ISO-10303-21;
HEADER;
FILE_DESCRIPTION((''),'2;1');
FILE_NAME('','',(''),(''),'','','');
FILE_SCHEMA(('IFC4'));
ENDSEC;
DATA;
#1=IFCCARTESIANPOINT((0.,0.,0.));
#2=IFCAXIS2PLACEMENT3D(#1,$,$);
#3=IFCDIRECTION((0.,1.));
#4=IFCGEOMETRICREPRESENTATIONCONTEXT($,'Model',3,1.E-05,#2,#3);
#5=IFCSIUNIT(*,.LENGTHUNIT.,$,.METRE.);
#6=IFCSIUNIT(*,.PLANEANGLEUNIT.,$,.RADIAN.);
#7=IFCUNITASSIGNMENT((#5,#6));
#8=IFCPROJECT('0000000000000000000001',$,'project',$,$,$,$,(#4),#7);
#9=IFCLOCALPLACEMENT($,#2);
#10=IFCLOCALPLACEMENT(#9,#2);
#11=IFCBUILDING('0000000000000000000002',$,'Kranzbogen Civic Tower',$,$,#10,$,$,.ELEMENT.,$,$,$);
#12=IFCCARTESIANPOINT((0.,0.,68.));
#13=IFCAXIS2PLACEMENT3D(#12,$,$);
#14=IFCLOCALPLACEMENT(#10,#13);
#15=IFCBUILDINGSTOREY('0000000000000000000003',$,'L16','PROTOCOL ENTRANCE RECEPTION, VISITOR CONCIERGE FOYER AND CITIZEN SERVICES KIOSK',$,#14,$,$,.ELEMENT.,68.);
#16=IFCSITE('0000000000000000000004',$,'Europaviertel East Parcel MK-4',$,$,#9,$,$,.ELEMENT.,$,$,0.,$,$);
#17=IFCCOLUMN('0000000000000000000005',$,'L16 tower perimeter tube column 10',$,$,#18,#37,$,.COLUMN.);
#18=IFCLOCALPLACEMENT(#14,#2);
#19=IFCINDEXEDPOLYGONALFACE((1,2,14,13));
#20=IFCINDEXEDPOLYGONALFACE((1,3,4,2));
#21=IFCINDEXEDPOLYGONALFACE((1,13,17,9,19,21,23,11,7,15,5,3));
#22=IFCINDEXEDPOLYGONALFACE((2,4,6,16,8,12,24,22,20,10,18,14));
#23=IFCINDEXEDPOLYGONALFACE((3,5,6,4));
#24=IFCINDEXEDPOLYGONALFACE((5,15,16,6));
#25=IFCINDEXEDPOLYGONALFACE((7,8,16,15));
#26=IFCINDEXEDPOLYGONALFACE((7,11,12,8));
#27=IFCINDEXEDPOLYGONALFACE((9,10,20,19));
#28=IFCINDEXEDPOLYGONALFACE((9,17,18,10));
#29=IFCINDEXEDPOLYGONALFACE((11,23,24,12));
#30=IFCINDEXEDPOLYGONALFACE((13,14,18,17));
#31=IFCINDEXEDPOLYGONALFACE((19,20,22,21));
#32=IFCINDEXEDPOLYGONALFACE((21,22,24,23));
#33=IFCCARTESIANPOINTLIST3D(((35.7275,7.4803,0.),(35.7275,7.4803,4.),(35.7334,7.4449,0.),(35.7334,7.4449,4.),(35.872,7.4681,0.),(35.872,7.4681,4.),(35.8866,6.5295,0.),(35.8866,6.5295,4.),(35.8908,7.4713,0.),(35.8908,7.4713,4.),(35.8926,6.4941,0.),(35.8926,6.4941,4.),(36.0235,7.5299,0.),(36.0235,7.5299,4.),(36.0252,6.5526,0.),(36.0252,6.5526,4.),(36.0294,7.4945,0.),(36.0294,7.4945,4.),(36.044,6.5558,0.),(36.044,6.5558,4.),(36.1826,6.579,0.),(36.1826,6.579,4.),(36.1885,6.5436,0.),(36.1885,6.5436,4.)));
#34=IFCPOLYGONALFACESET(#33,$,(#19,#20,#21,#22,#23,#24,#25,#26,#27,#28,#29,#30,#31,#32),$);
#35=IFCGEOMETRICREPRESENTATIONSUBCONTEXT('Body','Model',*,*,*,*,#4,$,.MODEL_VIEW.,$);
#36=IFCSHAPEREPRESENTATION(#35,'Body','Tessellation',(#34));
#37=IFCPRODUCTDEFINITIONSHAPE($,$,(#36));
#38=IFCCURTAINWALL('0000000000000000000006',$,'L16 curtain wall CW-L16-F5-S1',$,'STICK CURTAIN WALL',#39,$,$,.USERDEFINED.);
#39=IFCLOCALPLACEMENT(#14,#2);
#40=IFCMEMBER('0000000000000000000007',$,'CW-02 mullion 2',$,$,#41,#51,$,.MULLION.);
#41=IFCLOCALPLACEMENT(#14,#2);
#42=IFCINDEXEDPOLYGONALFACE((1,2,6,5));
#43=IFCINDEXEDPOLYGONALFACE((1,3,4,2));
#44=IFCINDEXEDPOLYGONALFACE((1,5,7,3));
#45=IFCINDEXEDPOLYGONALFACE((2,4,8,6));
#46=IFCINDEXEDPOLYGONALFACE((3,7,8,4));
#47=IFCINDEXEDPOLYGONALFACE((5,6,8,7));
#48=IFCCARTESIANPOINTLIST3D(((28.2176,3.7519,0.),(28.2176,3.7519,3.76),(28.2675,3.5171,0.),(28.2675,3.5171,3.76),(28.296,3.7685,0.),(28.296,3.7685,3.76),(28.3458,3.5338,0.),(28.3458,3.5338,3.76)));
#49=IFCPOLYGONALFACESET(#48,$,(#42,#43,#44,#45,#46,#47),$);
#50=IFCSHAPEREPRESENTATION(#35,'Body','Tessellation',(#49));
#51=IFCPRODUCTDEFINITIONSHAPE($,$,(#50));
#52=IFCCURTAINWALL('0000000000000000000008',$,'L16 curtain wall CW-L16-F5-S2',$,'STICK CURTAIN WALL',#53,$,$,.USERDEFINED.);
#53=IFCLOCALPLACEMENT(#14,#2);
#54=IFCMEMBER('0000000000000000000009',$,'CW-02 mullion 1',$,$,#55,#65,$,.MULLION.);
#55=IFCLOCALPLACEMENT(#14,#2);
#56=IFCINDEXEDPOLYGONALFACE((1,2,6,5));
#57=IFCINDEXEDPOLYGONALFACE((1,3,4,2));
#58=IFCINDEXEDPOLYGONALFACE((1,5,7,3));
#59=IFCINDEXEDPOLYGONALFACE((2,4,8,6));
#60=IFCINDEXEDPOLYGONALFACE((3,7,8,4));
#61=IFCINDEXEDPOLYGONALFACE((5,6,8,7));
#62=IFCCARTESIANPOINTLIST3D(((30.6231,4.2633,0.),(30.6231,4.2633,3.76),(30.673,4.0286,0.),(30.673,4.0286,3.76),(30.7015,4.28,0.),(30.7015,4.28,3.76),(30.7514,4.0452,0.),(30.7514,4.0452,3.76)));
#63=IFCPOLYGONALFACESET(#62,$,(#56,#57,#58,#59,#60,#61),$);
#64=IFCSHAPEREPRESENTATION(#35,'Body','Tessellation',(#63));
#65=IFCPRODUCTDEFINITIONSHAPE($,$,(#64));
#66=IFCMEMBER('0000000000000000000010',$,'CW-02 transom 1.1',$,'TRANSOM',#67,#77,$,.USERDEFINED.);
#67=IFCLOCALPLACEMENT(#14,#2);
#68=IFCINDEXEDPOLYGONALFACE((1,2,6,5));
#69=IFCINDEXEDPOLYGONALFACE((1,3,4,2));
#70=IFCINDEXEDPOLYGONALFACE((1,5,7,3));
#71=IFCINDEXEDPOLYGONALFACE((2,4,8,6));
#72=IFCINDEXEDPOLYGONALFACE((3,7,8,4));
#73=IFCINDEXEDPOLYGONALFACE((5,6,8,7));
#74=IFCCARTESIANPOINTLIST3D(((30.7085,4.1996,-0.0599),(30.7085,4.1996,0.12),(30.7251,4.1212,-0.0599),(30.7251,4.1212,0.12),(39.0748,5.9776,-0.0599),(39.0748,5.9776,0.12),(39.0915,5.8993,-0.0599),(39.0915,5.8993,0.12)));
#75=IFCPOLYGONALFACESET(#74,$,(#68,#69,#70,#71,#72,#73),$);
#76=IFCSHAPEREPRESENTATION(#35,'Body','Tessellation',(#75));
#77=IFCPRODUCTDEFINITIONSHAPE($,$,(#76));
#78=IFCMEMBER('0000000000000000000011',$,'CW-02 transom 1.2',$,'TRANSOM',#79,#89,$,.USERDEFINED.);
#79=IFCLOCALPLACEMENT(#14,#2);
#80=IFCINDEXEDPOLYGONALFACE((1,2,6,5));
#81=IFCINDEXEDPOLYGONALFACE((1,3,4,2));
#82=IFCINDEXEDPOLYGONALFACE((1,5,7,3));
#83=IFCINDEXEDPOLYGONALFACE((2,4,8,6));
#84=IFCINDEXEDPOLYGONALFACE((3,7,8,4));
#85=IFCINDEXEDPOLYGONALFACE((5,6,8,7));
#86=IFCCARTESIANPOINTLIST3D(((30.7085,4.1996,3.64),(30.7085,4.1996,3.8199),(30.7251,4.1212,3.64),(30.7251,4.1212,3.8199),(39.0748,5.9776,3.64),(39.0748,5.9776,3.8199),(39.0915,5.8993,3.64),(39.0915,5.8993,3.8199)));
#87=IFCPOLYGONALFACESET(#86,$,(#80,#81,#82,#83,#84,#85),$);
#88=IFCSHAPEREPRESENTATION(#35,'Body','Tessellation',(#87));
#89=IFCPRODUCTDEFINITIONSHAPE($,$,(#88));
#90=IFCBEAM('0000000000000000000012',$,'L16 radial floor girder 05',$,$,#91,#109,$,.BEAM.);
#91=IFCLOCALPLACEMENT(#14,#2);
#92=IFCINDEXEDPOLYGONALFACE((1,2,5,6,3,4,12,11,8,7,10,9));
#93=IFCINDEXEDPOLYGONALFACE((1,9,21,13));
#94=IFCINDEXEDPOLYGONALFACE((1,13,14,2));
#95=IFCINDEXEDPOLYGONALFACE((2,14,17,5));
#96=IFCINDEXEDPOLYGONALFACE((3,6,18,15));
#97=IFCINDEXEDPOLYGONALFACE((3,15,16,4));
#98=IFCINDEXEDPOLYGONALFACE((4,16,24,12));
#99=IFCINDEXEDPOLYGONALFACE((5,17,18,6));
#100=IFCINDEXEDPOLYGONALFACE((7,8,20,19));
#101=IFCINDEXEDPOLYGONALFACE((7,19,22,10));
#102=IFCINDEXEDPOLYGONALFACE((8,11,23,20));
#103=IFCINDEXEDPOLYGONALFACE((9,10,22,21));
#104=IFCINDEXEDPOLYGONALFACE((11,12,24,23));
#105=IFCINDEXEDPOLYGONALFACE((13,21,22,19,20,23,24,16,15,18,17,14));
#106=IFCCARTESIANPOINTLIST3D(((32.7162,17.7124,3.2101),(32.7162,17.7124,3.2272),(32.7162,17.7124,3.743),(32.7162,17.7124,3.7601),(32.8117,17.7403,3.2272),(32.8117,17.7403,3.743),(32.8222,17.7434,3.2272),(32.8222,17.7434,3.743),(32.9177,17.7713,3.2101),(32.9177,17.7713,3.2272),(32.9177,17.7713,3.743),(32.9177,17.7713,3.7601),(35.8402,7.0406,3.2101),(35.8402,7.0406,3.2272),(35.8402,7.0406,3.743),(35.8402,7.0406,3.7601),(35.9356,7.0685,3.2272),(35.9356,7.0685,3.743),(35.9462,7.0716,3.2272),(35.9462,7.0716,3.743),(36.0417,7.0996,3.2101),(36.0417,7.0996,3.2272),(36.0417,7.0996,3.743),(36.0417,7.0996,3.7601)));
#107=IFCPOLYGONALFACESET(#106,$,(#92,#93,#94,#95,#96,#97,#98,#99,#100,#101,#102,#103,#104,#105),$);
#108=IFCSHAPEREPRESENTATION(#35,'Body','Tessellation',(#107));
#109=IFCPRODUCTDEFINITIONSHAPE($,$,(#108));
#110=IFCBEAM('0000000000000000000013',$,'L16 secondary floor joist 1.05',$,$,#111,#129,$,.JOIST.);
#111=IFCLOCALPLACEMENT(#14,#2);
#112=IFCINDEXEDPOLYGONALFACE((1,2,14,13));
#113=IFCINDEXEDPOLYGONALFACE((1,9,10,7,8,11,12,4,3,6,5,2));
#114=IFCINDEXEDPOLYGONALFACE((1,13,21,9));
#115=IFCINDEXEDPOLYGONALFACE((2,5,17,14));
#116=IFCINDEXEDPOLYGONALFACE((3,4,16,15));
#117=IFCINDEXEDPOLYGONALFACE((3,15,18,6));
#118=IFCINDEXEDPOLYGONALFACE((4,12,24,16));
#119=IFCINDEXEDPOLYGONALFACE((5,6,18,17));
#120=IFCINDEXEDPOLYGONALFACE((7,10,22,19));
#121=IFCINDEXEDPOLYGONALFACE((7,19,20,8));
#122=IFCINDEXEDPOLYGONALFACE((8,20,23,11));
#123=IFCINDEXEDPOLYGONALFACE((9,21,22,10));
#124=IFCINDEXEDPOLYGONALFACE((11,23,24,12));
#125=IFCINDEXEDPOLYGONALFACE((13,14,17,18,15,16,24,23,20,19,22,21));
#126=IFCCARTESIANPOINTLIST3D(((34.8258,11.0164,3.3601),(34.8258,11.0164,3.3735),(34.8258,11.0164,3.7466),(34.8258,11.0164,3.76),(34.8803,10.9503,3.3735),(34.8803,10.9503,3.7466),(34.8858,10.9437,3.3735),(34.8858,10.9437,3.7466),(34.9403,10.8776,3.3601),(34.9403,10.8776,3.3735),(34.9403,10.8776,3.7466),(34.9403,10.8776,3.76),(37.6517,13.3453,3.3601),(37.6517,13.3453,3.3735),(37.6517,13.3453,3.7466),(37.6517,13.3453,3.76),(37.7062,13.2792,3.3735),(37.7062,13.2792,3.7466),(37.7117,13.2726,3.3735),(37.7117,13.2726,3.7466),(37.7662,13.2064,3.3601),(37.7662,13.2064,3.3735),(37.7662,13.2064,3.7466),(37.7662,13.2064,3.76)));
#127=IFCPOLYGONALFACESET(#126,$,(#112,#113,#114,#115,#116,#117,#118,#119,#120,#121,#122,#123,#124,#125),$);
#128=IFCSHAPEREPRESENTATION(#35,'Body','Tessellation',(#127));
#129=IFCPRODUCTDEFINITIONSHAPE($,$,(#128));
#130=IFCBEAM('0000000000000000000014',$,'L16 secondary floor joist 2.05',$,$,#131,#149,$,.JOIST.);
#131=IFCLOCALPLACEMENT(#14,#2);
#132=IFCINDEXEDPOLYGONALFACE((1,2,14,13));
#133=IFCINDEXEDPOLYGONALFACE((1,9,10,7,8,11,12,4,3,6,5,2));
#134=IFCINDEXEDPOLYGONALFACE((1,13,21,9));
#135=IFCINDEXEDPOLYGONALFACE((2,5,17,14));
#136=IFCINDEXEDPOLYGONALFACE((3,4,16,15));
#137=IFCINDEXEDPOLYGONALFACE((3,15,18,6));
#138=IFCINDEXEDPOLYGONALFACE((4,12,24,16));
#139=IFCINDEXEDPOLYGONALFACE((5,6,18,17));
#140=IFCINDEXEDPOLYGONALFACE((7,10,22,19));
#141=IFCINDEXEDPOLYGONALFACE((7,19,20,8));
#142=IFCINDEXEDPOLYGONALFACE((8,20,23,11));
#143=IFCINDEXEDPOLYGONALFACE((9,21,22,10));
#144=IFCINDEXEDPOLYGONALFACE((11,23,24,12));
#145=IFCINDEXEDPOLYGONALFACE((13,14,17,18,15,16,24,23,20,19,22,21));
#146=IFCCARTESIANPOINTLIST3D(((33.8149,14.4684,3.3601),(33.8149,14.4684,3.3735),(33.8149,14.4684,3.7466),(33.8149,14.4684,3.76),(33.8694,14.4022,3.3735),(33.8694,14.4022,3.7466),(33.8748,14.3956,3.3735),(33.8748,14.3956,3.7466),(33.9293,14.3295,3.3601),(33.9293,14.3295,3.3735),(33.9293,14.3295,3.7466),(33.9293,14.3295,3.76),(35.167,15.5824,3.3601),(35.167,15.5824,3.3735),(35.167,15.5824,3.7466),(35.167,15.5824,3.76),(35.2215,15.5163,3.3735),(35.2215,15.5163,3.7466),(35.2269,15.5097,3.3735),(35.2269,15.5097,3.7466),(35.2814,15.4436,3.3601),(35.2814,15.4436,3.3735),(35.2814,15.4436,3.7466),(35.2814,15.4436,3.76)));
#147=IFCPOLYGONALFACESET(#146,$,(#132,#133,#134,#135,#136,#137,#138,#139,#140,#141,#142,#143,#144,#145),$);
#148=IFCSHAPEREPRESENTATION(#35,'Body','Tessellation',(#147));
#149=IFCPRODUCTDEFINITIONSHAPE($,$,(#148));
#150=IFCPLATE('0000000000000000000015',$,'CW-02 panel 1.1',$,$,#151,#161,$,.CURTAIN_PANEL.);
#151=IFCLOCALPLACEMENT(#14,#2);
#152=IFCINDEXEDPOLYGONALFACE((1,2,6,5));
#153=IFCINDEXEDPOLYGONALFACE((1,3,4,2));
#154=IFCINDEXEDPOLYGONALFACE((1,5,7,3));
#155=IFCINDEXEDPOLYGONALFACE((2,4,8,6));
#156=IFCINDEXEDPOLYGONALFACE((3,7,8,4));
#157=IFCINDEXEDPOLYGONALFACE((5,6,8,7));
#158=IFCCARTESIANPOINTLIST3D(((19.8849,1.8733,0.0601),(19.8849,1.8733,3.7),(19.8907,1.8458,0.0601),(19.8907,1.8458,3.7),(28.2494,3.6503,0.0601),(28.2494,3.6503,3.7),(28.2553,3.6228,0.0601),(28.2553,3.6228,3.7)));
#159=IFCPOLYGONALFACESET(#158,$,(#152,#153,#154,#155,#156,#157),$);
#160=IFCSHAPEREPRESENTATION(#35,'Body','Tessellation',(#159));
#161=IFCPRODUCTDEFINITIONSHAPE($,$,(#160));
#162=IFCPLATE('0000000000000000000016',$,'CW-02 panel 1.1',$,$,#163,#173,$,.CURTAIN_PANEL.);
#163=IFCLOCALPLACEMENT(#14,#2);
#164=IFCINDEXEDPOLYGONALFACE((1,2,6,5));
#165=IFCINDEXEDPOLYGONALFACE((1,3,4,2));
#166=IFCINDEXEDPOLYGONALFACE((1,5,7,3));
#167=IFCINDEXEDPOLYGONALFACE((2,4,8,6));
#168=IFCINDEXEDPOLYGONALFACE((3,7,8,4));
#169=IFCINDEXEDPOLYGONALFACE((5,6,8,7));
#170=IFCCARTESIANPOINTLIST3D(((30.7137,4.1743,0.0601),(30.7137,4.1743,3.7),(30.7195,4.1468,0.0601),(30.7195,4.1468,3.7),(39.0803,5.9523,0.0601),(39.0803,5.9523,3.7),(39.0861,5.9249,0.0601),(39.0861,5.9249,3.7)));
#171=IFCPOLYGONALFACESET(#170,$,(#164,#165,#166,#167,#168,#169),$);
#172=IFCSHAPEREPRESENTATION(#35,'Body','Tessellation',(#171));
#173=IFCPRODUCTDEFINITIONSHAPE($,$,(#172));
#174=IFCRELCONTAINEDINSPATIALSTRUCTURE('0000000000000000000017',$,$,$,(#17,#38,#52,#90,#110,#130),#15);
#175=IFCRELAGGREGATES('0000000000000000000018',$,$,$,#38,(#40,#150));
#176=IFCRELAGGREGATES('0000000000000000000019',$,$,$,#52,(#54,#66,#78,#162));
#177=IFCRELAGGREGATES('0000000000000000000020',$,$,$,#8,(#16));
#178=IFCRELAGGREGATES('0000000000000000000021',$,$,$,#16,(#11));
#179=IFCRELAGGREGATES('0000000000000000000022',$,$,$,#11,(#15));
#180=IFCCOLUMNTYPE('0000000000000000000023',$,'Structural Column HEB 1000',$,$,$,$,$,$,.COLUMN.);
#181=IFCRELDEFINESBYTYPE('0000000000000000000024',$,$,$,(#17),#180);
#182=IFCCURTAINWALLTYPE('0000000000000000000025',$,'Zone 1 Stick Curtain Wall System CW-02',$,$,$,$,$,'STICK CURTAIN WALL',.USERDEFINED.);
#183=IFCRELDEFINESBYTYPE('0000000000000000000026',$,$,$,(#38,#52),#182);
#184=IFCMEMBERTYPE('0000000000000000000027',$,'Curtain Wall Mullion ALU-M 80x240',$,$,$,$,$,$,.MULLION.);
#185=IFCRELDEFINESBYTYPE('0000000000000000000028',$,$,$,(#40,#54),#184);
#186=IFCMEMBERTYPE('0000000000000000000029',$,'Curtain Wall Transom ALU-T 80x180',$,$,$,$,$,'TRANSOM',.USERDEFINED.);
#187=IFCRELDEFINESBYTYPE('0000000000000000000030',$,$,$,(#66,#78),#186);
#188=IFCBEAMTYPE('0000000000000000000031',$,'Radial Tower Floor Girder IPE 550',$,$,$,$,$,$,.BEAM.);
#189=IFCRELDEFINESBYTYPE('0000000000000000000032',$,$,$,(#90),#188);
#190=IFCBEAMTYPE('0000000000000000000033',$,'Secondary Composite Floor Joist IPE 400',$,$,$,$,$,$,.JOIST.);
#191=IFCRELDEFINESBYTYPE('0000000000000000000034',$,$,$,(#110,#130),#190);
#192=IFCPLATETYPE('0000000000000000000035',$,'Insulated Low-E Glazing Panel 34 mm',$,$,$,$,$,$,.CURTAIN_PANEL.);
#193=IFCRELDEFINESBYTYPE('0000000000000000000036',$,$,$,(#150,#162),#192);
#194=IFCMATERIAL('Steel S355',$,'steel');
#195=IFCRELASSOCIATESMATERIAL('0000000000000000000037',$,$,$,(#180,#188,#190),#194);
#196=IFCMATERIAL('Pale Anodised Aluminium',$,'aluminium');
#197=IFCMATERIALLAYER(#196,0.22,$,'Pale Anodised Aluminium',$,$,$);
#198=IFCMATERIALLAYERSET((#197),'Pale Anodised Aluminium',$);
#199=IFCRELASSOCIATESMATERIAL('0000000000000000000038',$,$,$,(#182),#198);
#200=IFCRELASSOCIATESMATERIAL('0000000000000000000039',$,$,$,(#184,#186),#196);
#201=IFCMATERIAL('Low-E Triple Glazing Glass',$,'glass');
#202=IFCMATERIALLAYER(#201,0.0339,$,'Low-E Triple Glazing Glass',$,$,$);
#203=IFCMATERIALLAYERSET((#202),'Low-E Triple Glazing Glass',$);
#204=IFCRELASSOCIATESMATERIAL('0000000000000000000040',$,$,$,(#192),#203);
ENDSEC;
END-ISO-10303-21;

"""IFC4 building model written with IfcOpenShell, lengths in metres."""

from ifc_helpers import new_model, si_unit, direction, frame, origin, origin_2d, place, context, subcontext, project, spatial, rectangle, i_section, extrude, material, layer, layer_set, material_profile, profile_set, type_object, element, aggregate, save


model = new_model("IFC4")

# Units and contexts
model_context = context("Model", 3, precision=1e-05, world=origin(), true_north=direction((0.0, 1.0)))
body_context = subcontext(model_context, "Body", "Model", "MODEL_VIEW")
ifc_project = project(units=[si_unit("LENGTHUNIT", "METRE"), si_unit("PLANEANGLEUNIT", "RADIAN")], contexts=[model_context])

# Site, building, storey
site_placement = place(None, origin())
site = spatial("IfcSite", under=ifc_project, at=site_placement, Name="Europaviertel East Parcel MK-4", CompositionType="ELEMENT", RefElevation=0.0)
building_placement = place(site_placement, origin())
building = spatial("IfcBuilding", under=site, at=building_placement, Name="Kranzbogen Civic Tower", CompositionType="ELEMENT")
storey_placement = place(building_placement, frame((0.0, 0.0, 68.0)))
storey = spatial("IfcBuildingStorey", under=building, at=storey_placement, Name="L16", Description="PROTOCOL ENTRANCE RECEPTION, VISITOR CONCIERGE FOYER AND CITIZEN SERVICES KIOSK", CompositionType="ELEMENT", Elevation=68.0)

# Column
ifc_material_1 = material(Name="Steel S355", Category="steel")
ifc_material_profile_1 = material_profile(ifc_material_1, i_section(OverallWidth=0.3, OverallDepth=1.0, WebThickness=0.019, FlangeThickness=0.0359, at=origin_2d()), Name="HEB 1000")
ifc_profile_set_1 = profile_set([ifc_material_profile_1], Name="Steel S355")
column_type = type_object("IfcColumnType", Name="Structural Column HEB 1000", PredefinedType="COLUMN", material=ifc_profile_set_1)
column_placement = place(storey_placement, frame((35.958, 7.012, 0.0), z_axis=(0.0, 0.0, 1.0), x_axis=(0.986286, 0.165048, 0.0)))
element("IfcColumn", 1, at=column_placement, inside=storey, type_object=column_type, Name="L16 tower perimeter tube column 10", PredefinedType="COLUMN", context=body_context, shape_type="SweptSolid", body=[
    extrude(i_section(OverallWidth=0.3, OverallDepth=1.0, WebThickness=0.019, FlangeThickness=0.0359, at=origin_2d()), origin(), (0.0, 0.0, 1.0), 4.0),
])

# Curtain wall, member
ifc_material_2 = material(Name="Pale Anodised Aluminium", Category="aluminium")
ifc_layer_1 = layer(ifc_material_2, 0.22, Name="Pale Anodised Aluminium")
ifc_layer_set_1 = layer_set([ifc_layer_1], Name="Pale Anodised Aluminium")
curtain_wall_type = type_object("IfcCurtainWallType", Name="Zone 1 Stick Curtain Wall System CW-02", ElementType="STICK CURTAIN WALL", PredefinedType="USERDEFINED", material=ifc_layer_set_1)
curtain_wall_1_placement = place(storey_placement, origin())
curtain_wall_1 = element("IfcCurtainWall", 2, at=curtain_wall_1_placement, inside=storey, type_object=curtain_wall_type, Name="L16 curtain wall CW-L16-F5-S1", ObjectType="STICK CURTAIN WALL", PredefinedType="USERDEFINED")
ifc_material_profile_2 = material_profile(ifc_material_2, rectangle(XDim=0.0801, YDim=0.24, at=origin_2d()), Name="ALU-M 80x240")
ifc_profile_set_2 = profile_set([ifc_material_profile_2], Name="Pale Anodised Aluminium")
member_type_1 = type_object("IfcMemberType", Name="Curtain Wall Mullion ALU-M 80x240", PredefinedType="MULLION", material=ifc_profile_set_2)
member_1_placement = place(storey_placement, frame((28.2817, 3.6428, 0.0), z_axis=(0.0, 0.0, 1.0), x_axis=(0.978169, 0.207812, 0.0)))
member_1 = element("IfcMember", 3, at=member_1_placement, type_object=member_type_1, Name="CW-02 mullion 2", PredefinedType="MULLION", context=body_context, shape_type="SweptSolid", body=[
    extrude(rectangle(XDim=0.0801, YDim=0.24, at=origin_2d()), origin(), (0.0, 0.0, 1.0), 3.76),
])

# Curtain wall, members
curtain_wall_2_placement = place(storey_placement, origin())
curtain_wall_2 = element("IfcCurtainWall", 4, at=curtain_wall_2_placement, inside=storey, type_object=curtain_wall_type, Name="L16 curtain wall CW-L16-F5-S2", ObjectType="STICK CURTAIN WALL", PredefinedType="USERDEFINED")
member_2_placement = place(storey_placement, frame((30.6873, 4.1543, 0.0), z_axis=(0.0, 0.0, 1.0), x_axis=(0.978155, 0.207875, 0.0)))
member_2 = element("IfcMember", 5, at=member_2_placement, type_object=member_type_1, Name="CW-02 mullion 1", PredefinedType="MULLION", context=body_context, shape_type="SweptSolid", body=[
    extrude(rectangle(XDim=0.0801, YDim=0.24, at=origin_2d()), origin(), (0.0, 0.0, 1.0), 3.76),
])
ifc_material_profile_3 = material_profile(ifc_material_2, rectangle(XDim=0.0801, YDim=0.1799, at=origin_2d()), Name="ALU-T 80x180")
ifc_profile_set_3 = profile_set([ifc_material_profile_3], Name="Pale Anodised Aluminium")
member_type_2 = type_object("IfcMemberType", Name="Curtain Wall Transom ALU-T 80x180", ElementType="TRANSOM", PredefinedType="USERDEFINED", material=ifc_profile_set_3)
member_3_placement = place(storey_placement, frame((30.7168, 4.1604, 0.03), z_axis=(0.978154, 0.207882, 0.0), x_axis=(-0.207882, 0.978154, 0.0)))
member_3 = element("IfcMember", 6, at=member_3_placement, type_object=member_type_2, Name="CW-02 transom 1.1", ObjectType="TRANSOM", PredefinedType="USERDEFINED", context=body_context, shape_type="SweptSolid", body=[
    extrude(rectangle(XDim=0.0801, YDim=0.1799, at=origin_2d()), origin(), (0.0, 0.0, 1.0), 8.5532),
])
member_4_placement = place(storey_placement, frame((30.7168, 4.1604, 3.73), z_axis=(0.978154, 0.207882, 0.0), x_axis=(-0.207882, 0.978154, 0.0)))
member_4 = element("IfcMember", 7, at=member_4_placement, type_object=member_type_2, Name="CW-02 transom 1.2", ObjectType="TRANSOM", PredefinedType="USERDEFINED", context=body_context, shape_type="SweptSolid", body=[
    extrude(rectangle(XDim=0.0801, YDim=0.1799, at=origin_2d()), origin(), (0.0, 0.0, 1.0), 8.5532),
])

# Beams
ifc_material_profile_4 = material_profile(ifc_material_1, i_section(OverallWidth=0.21, OverallDepth=0.55, WebThickness=0.011, FlangeThickness=0.0171, at=origin_2d()), Name="IPE 550")
ifc_profile_set_4 = profile_set([ifc_material_profile_4], Name="Steel S355")
beam_type_1 = type_object("IfcBeamType", Name="Radial Tower Floor Girder IPE 550", PredefinedType="BEAM", material=ifc_profile_set_4)
beam_1_placement = place(storey_placement, frame((35.9409, 7.0701, 3.4851), z_axis=(-0.280944, 0.959724, 0.0), x_axis=(-0.959724, -0.280944, 0.0)))
element("IfcBeam", 8, at=beam_1_placement, inside=storey, type_object=beam_type_1, Name="L16 radial floor girder 05", PredefinedType="BEAM", context=body_context, shape_type="SweptSolid", body=[
    extrude(i_section(OverallWidth=0.21, OverallDepth=0.55, WebThickness=0.011, FlangeThickness=0.0171, at=origin_2d()), origin(), (0.0, 0.0, 1.0), 11.1196),
])
ifc_material_profile_5 = material_profile(ifc_material_1, i_section(OverallWidth=0.1799, OverallDepth=0.3999, WebThickness=0.0085, FlangeThickness=0.0134, at=origin_2d()), Name="IPE 400")
ifc_profile_set_5 = profile_set([ifc_material_profile_5], Name="Steel S355")
beam_type_2 = type_object("IfcBeamType", Name="Secondary Composite Floor Joist IPE 400", PredefinedType="JOIST", material=ifc_profile_set_5)
beam_2_placement = place(storey_placement, frame((34.8831, 10.947, 3.5601), z_axis=(0.771713, 0.635971, 0.0), x_axis=(-0.635971, 0.771713, 0.0)))
element("IfcBeam", 9, at=beam_2_placement, inside=storey, type_object=beam_type_2, Name="L16 secondary floor joist 1.05", PredefinedType="JOIST", context=body_context, shape_type="SweptSolid", body=[
    extrude(i_section(OverallWidth=0.1799, OverallDepth=0.3999, WebThickness=0.0085, FlangeThickness=0.0134, at=origin_2d()), origin(), (0.0, 0.0, 1.0), 3.6619),
])
beam_3_placement = place(storey_placement, frame((33.8721, 14.3989, 3.5601), z_axis=(0.771773, 0.635898, 0.0), x_axis=(-0.635898, 0.771773, 0.0)))
element("IfcBeam", 10, at=beam_3_placement, inside=storey, type_object=beam_type_2, Name="L16 secondary floor joist 2.05", PredefinedType="JOIST", context=body_context, shape_type="SweptSolid", body=[
    extrude(i_section(OverallWidth=0.1799, OverallDepth=0.3999, WebThickness=0.0085, FlangeThickness=0.0134, at=origin_2d()), origin(), (0.0, 0.0, 1.0), 1.752),
])

# Plates
ifc_material_3 = material(Name="Low-E Triple Glazing Glass", Category="glass")
ifc_layer_2 = layer(ifc_material_3, 0.0339, Name="Low-E Triple Glazing Glass")
ifc_layer_set_2 = layer_set([ifc_layer_2], Name="Low-E Triple Glazing Glass")
plate_type = type_object("IfcPlateType", Name="Insulated Low-E Glazing Panel 34 mm", PredefinedType="CURTAIN_PANEL", material=ifc_layer_set_2)
plate_1_placement = place(storey_placement, frame((24.0701, 2.748, 0.0601), z_axis=(0.0, 0.0, 1.0), x_axis=(0.978169, 0.207812, 0.0)))
plate_1 = element("IfcPlate", 11, at=plate_1_placement, type_object=plate_type, Name="CW-02 panel 1.1", PredefinedType="CURTAIN_PANEL", context=body_context, shape_type="SweptSolid", body=[
    extrude(rectangle(XDim=8.5513, YDim=0.0281, at=origin_2d()), origin(), (0.0, 0.0, 1.0), 3.6399),
])
aggregate(curtain_wall_1, [member_1, plate_1])
plate_2_placement = place(storey_placement, frame((34.8999, 5.0496, 0.0601), z_axis=(0.0, 0.0, 1.0), x_axis=(0.978155, 0.207875, 0.0)))
plate_2 = element("IfcPlate", 12, at=plate_2_placement, type_object=plate_type, Name="CW-02 panel 1.1", PredefinedType="CURTAIN_PANEL", context=body_context, shape_type="SweptSolid", body=[
    extrude(rectangle(XDim=8.5535, YDim=0.0281, at=origin_2d()), origin(), (0.0, 0.0, 1.0), 3.6399),
])
aggregate(curtain_wall_2, [member_2, member_3, member_4, plate_2])

save(model, "model.ifc")
